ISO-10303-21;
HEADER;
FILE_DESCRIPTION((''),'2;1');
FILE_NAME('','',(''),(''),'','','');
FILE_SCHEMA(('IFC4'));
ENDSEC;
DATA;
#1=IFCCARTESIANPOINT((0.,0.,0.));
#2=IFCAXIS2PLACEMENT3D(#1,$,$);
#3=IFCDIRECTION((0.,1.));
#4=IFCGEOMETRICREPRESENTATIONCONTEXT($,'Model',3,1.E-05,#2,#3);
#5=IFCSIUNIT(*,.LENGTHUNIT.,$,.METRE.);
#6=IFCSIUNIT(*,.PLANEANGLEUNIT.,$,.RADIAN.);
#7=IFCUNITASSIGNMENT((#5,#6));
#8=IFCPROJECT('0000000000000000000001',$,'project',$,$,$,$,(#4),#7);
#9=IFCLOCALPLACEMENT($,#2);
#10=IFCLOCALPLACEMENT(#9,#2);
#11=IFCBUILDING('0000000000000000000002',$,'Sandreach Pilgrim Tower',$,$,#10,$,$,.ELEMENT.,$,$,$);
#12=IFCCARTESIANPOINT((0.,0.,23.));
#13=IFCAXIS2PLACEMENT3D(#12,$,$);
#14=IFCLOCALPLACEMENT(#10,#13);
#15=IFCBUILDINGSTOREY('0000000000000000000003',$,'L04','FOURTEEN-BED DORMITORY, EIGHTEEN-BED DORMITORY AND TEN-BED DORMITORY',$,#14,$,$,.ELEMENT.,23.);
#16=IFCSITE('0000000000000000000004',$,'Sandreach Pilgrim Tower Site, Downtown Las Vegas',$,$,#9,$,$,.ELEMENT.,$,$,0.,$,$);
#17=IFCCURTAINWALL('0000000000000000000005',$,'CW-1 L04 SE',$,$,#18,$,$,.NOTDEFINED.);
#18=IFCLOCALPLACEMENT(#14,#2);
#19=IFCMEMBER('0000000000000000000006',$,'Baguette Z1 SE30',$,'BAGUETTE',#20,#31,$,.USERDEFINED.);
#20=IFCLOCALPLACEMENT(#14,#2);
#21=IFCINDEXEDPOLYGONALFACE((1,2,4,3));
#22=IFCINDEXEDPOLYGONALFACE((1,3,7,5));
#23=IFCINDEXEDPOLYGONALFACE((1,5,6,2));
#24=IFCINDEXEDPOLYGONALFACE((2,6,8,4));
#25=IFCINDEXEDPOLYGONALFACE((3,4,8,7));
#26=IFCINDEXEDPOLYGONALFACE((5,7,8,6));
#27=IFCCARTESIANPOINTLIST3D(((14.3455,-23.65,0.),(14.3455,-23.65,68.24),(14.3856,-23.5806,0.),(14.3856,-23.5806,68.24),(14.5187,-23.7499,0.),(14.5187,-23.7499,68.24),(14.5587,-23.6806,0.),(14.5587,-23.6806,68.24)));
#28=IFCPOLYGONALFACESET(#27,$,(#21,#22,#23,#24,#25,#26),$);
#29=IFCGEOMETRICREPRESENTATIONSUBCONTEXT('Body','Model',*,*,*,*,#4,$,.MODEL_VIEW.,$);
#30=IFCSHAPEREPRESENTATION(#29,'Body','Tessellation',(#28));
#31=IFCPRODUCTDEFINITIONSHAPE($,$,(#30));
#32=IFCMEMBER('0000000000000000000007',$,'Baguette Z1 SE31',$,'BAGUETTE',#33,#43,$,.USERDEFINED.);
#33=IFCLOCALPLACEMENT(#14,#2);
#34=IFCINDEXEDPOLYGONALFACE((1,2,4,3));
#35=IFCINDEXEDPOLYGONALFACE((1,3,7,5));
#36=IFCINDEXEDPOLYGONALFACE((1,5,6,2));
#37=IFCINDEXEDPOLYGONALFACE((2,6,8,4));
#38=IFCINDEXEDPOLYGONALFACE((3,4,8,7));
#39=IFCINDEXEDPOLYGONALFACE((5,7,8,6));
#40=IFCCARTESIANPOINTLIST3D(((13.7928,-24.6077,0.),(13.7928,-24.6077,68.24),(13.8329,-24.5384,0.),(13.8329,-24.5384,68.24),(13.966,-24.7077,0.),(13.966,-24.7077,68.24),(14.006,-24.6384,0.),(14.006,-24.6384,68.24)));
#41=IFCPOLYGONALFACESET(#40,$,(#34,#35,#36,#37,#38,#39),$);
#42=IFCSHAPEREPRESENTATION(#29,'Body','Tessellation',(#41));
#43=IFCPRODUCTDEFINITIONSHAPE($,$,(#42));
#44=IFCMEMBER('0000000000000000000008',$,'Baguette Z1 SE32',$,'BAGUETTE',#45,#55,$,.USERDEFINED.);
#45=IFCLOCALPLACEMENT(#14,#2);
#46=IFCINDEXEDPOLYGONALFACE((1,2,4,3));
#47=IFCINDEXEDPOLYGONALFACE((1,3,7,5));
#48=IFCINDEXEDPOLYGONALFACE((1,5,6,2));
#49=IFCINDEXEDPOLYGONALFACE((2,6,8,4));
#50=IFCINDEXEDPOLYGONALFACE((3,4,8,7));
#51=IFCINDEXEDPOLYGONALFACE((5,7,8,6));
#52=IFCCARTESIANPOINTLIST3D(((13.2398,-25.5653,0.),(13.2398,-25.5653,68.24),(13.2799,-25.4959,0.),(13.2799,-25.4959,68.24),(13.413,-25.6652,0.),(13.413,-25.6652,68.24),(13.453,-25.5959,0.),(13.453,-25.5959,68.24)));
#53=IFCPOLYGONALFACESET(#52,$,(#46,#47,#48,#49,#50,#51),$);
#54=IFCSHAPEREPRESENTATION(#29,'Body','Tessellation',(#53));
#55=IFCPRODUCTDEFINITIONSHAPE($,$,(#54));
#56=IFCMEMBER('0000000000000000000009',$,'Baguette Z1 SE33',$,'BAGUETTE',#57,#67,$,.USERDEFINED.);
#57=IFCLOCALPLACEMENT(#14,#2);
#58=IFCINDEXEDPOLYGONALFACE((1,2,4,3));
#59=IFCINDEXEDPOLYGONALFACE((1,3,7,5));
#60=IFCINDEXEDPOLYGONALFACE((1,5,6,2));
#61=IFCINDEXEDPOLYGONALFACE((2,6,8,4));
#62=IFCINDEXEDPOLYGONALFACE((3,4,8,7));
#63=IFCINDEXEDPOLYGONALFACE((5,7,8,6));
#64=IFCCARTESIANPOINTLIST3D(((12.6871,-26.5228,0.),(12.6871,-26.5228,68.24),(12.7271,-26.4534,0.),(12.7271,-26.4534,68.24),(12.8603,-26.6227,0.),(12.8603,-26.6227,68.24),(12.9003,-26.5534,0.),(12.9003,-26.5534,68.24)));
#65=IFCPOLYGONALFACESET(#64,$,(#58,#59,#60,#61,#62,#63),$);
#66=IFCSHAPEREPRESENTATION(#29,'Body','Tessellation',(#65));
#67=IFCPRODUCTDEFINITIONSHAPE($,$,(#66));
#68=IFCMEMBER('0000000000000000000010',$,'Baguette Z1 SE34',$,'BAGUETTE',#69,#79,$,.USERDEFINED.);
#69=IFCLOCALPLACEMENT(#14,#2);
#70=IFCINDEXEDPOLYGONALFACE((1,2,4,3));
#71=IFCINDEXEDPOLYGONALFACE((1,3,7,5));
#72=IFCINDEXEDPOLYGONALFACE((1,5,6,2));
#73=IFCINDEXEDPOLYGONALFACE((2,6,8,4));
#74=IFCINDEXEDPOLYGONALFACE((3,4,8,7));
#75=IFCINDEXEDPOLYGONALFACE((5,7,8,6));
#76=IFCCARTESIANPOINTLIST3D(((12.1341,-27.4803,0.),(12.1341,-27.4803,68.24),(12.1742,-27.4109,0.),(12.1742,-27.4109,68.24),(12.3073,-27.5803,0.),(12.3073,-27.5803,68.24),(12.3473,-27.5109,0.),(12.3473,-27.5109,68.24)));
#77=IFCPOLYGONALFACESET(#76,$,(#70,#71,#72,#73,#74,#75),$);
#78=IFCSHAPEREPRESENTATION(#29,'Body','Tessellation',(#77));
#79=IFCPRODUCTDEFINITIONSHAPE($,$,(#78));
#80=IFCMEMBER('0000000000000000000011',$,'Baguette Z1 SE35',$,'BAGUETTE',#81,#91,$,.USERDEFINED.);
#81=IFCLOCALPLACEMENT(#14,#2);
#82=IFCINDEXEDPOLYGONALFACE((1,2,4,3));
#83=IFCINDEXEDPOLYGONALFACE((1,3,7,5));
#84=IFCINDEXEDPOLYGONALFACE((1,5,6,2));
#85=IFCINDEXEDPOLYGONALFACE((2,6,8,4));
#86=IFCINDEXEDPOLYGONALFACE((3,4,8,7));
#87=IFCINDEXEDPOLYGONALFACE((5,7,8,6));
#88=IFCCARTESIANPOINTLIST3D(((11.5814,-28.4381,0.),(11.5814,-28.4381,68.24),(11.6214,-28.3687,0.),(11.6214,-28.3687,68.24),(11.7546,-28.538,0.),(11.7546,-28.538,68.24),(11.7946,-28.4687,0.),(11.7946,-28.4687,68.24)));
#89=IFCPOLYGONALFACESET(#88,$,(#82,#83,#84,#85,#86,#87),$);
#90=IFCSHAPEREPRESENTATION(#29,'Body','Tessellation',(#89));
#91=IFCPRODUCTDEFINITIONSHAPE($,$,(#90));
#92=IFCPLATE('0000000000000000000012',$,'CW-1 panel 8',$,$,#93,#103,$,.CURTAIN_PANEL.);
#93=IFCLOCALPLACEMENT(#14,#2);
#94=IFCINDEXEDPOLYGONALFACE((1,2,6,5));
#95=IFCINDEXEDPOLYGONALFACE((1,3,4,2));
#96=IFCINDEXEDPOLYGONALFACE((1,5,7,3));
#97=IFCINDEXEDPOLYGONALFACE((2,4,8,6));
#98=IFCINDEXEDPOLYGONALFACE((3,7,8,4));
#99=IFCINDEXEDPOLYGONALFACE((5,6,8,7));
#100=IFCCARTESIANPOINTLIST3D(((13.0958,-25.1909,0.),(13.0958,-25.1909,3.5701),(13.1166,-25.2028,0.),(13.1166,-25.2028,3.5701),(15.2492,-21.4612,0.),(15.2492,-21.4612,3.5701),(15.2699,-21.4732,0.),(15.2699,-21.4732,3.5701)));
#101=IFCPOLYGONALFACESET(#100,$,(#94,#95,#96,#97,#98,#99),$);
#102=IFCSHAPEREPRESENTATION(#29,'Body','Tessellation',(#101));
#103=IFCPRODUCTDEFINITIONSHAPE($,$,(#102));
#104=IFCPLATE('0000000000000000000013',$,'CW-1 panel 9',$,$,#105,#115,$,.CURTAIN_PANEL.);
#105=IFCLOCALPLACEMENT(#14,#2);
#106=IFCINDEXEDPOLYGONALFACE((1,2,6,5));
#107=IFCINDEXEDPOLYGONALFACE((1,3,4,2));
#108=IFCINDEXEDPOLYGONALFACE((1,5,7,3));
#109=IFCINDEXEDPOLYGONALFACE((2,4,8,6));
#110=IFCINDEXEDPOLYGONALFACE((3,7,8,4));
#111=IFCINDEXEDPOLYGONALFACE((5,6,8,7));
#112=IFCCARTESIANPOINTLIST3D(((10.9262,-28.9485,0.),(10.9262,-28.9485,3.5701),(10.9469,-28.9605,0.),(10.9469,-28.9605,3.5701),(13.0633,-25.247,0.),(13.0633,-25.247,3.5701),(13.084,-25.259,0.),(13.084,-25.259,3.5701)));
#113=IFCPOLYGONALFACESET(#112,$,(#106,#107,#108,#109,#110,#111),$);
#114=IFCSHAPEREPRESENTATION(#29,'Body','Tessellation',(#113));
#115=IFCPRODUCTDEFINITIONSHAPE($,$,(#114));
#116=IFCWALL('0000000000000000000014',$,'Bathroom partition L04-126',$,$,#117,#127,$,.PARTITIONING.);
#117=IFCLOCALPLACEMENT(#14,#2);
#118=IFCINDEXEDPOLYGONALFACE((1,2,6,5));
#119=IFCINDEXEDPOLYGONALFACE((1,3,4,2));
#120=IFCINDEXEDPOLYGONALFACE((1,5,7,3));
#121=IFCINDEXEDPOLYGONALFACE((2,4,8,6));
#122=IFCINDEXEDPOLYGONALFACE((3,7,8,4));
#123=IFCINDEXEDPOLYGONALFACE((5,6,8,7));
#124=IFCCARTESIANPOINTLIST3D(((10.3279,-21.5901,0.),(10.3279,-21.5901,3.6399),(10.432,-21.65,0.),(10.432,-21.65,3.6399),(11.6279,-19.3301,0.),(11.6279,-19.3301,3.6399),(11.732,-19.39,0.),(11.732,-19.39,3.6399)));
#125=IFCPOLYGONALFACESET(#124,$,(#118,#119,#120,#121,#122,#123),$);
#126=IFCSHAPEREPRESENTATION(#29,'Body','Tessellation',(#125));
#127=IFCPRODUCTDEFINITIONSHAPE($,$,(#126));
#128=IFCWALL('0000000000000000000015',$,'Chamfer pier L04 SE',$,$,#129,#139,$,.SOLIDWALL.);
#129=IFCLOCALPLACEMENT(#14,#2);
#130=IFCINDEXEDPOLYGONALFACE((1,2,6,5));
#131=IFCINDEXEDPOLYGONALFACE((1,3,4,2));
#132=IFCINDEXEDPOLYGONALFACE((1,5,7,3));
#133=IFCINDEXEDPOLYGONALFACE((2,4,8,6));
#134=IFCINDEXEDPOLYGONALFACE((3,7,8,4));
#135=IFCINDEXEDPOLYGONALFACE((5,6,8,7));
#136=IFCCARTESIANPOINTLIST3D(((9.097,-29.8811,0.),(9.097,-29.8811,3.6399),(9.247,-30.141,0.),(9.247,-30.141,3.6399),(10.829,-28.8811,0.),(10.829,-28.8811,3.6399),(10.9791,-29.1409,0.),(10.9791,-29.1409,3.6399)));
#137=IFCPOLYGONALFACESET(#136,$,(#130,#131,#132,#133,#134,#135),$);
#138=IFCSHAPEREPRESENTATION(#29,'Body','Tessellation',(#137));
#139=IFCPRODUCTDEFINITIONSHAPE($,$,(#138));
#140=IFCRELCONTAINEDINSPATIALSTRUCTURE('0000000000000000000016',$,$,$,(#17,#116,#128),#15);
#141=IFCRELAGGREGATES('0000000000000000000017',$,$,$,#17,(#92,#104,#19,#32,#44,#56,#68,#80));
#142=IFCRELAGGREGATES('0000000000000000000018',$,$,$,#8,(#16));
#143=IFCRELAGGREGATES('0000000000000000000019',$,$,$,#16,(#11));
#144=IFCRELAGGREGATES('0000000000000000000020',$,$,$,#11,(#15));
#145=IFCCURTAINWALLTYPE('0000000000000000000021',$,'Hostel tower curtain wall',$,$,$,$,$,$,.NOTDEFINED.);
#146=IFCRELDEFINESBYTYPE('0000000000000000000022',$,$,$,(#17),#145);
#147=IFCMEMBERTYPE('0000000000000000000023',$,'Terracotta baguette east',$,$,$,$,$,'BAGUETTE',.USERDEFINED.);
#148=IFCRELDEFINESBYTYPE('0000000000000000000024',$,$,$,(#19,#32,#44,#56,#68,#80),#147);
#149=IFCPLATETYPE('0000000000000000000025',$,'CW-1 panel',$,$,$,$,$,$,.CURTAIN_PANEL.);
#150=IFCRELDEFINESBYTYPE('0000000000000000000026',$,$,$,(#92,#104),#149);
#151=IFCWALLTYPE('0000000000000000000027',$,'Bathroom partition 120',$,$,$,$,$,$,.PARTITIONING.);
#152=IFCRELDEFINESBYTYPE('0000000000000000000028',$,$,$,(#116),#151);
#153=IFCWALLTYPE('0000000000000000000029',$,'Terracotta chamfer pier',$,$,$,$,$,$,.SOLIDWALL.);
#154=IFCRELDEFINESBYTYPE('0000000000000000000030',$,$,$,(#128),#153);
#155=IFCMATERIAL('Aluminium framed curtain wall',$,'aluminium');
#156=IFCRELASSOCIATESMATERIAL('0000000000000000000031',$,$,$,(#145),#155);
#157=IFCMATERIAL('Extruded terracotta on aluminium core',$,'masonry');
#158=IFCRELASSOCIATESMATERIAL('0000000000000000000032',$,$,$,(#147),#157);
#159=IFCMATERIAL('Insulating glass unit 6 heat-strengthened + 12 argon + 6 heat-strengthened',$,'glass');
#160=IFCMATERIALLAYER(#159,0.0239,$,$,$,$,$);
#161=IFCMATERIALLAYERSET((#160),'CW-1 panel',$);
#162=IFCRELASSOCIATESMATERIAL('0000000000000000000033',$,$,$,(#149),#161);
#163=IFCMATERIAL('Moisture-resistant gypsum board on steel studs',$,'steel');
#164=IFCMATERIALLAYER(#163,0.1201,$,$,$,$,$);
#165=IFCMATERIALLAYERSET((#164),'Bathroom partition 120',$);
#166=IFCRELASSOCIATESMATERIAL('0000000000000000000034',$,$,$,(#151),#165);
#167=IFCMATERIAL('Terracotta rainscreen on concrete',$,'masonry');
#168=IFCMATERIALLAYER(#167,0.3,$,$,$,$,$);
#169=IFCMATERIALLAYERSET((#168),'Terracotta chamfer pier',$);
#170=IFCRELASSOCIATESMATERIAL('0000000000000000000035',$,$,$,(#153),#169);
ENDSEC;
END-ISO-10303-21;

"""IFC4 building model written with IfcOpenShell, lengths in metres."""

from ifc_helpers import new_model, si_unit, direction, frame, frame_2d, origin, origin_2d, place, context, subcontext, project, spatial, rectangle, extrude, material, layer, layer_set, material_profile, profile_set, type_object, element, aggregate, save


model = new_model("IFC4")

# Units and contexts
model_context = context("Model", 3, precision=1e-05, world=origin(), true_north=direction((0.0, 1.0)))
body_context = subcontext(model_context, "Body", "Model", "MODEL_VIEW")
ifc_project = project(units=[si_unit("LENGTHUNIT", "METRE"), si_unit("PLANEANGLEUNIT", "RADIAN")], contexts=[model_context])

# Site, building, storey
site_placement = place(None, origin())
site = spatial("IfcSite", under=ifc_project, at=site_placement, Name="Sandreach Pilgrim Tower Site, Downtown Las Vegas", CompositionType="ELEMENT", RefElevation=0.0)
building_placement = place(site_placement, origin())
building = spatial("IfcBuilding", under=site, at=building_placement, Name="Sandreach Pilgrim Tower", CompositionType="ELEMENT")
storey_placement = place(building_placement, frame((0.0, 0.0, 23.0)))
storey = spatial("IfcBuildingStorey", under=building, at=storey_placement, Name="L04", Description="FOURTEEN-BED DORMITORY, EIGHTEEN-BED DORMITORY AND TEN-BED DORMITORY", CompositionType="ELEMENT", Elevation=23.0)

# Curtain wall
ifc_material_1 = material(Name="Aluminium framed curtain wall", Category="aluminium")
curtain_wall_type = type_object("IfcCurtainWallType", Name="Hostel tower curtain wall", PredefinedType="NOTDEFINED", material=ifc_material_1)
curtain_wall_placement = place(storey_placement, origin())
curtain_wall = element("IfcCurtainWall", 1, at=curtain_wall_placement, inside=storey, type_object=curtain_wall_type, Name="CW-1 L04 SE", PredefinedType="NOTDEFINED")

# Members
ifc_material_2 = material(Name="Extruded terracotta on aluminium core", Category="masonry")
ifc_material_profile_1 = material_profile(ifc_material_2, rectangle(XDim=0.0801, YDim=0.2, at=origin_2d()), Name="TBE 80X200")
ifc_profile_set_1 = profile_set([ifc_material_profile_1], Name="Extruded terracotta on aluminium core")
member_type_1 = type_object("IfcMemberType", Name="Terracotta baguette east", ElementType="BAGUETTE", PredefinedType="USERDEFINED", material=ifc_profile_set_1)
member_1_placement = place(storey_placement, frame((14.4521, -23.6653, 0.0), z_axis=(0.0, 0.0, 1.0), x_axis=(-0.5, -0.866025, 0.0)))
member_1 = element("IfcMember", 2, at=member_1_placement, type_object=member_type_1, Name="Baguette Z1 SE30", ObjectType="BAGUETTE", PredefinedType="USERDEFINED", context=body_context, shape_type="SweptSolid", body=[
    extrude(rectangle(XDim=0.0801, YDim=0.2, at=origin_2d()), origin(), (0.0, 0.0, 1.0), 68.24),
])
member_2_placement = place(storey_placement, frame((13.8994, -24.623, 0.0), z_axis=(0.0, 0.0, 1.0), x_axis=(-0.5, -0.866025, 0.0)))
member_2 = element("IfcMember", 3, at=member_2_placement, type_object=member_type_1, Name="Baguette Z1 SE31", ObjectType="BAGUETTE", PredefinedType="USERDEFINED", context=body_context, shape_type="SweptSolid", body=[
    extrude(rectangle(XDim=0.0801, YDim=0.2, at=origin_2d()), origin(), (0.0, 0.0, 1.0), 68.24),
])
member_3_placement = place(storey_placement, frame((13.3464, -25.5806, 0.0), z_axis=(0.0, 0.0, 1.0), x_axis=(-0.5, -0.866025, 0.0)))
member_3 = element("IfcMember", 4, at=member_3_placement, type_object=member_type_1, Name="Baguette Z1 SE32", ObjectType="BAGUETTE", PredefinedType="USERDEFINED", context=body_context, shape_type="SweptSolid", body=[
    extrude(rectangle(XDim=0.0801, YDim=0.2, at=origin_2d()), origin(), (0.0, 0.0, 1.0), 68.24),
])
member_4_placement = place(storey_placement, frame((12.7937, -26.5381, 0.0), z_axis=(0.0, 0.0, 1.0), x_axis=(-0.5, -0.866025, 0.0)))
member_4 = element("IfcMember", 5, at=member_4_placement, type_object=member_type_1, Name="Baguette Z1 SE33", ObjectType="BAGUETTE", PredefinedType="USERDEFINED", context=body_context, shape_type="SweptSolid", body=[
    extrude(rectangle(XDim=0.0801, YDim=0.2, at=origin_2d()), origin(), (0.0, 0.0, 1.0), 68.24),
])
member_5_placement = place(storey_placement, frame((12.2407, -27.4956, 0.0), z_axis=(0.0, 0.0, 1.0), x_axis=(-0.5, -0.866025, 0.0)))
member_5 = element("IfcMember", 6, at=member_5_placement, type_object=member_type_1, Name="Baguette Z1 SE34", ObjectType="BAGUETTE", PredefinedType="USERDEFINED", context=body_context, shape_type="SweptSolid", body=[
    extrude(rectangle(XDim=0.0801, YDim=0.2, at=origin_2d()), origin(), (0.0, 0.0, 1.0), 68.24),
])
member_6_placement = place(storey_placement, frame((11.688, -28.4534, 0.0), z_axis=(0.0, 0.0, 1.0), x_axis=(-0.5, -0.866025, 0.0)))
member_6 = element("IfcMember", 7, at=member_6_placement, type_object=member_type_1, Name="Baguette Z1 SE35", ObjectType="BAGUETTE", PredefinedType="USERDEFINED", context=body_context, shape_type="SweptSolid", body=[
    extrude(rectangle(XDim=0.0801, YDim=0.2, at=origin_2d()), origin(), (0.0, 0.0, 1.0), 68.24),
])

# Plates
ifc_material_3 = material(Name="Insulating glass unit 6 heat-strengthened + 12 argon + 6 heat-strengthened", Category="glass")
ifc_layer_1 = layer(ifc_material_3, 0.0239)
ifc_layer_set_1 = layer_set([ifc_layer_1], Name="CW-1 panel")
plate_type = type_object("IfcPlateType", Name="CW-1 panel", PredefinedType="CURTAIN_PANEL", material=ifc_layer_set_1)
plate_1_placement = place(storey_placement, frame((14.1829, -23.332, 0.0), z_axis=(0.0, 0.0, 1.0), x_axis=(-0.5, -0.866025, 0.0)))
plate_1 = element("IfcPlate", 8, at=plate_1_placement, type_object=plate_type, Name="CW-1 panel 8", PredefinedType="CURTAIN_PANEL", context=body_context, shape_type="SweptSolid", body=[
    extrude(rectangle(XDim=4.3066, YDim=0.0239, at=origin_2d()), origin(), (0.0, 0.0, 1.0), 3.5701),
])
plate_2_placement = place(storey_placement, frame((12.0051, -27.1038, 0.0), z_axis=(0.0, 0.0, 1.0), x_axis=(-0.5, -0.866025, 0.0)))
plate_2 = element("IfcPlate", 9, at=plate_2_placement, type_object=plate_type, Name="CW-1 panel 9", PredefinedType="CURTAIN_PANEL", context=body_context, shape_type="SweptSolid", body=[
    extrude(rectangle(XDim=4.2742, YDim=0.0239, at=origin_2d()), origin(), (0.0, 0.0, 1.0), 3.5701),
])
aggregate(curtain_wall, [plate_1, plate_2, member_1, member_2, member_3, member_4, member_5, member_6])

# Walls
ifc_material_4 = material(Name="Moisture-resistant gypsum board on steel studs", Category="steel")
ifc_layer_2 = layer(ifc_material_4, 0.1201)
ifc_layer_set_2 = layer_set([ifc_layer_2], Name="Bathroom partition 120")
wall_type_1 = type_object("IfcWallType", Name="Bathroom partition 120", PredefinedType="PARTITIONING", material=ifc_layer_set_2)
wall_1_placement = place(storey_placement, frame((10.3799, -21.6201, 0.0), z_axis=(0.0, 0.0, 1.0), x_axis=(0.498628, 0.866816, 0.0)))
element("IfcWall", 10, at=wall_1_placement, inside=storey, type_object=wall_type_1, Name="Bathroom partition L04-126", PredefinedType="PARTITIONING", context=body_context, shape_type="SweptSolid", body=[
    extrude(rectangle(XDim=2.6072, YDim=0.1201, at=frame_2d((1.3037, 0.0))), origin(), (0.0, 0.0, 1.0), 3.6399),
])
ifc_material_5 = material(Name="Terracotta rainscreen on concrete", Category="masonry")
ifc_layer_3 = layer(ifc_material_5, 0.3)
ifc_layer_set_3 = layer_set([ifc_layer_3], Name="Terracotta chamfer pier")
wall_type_2 = type_object("IfcWallType", Name="Terracotta chamfer pier", PredefinedType="SOLIDWALL", material=ifc_layer_set_3)
wall_2_placement = place(storey_placement, frame((10.9041, -29.011, 0.0), z_axis=(0.0, 0.0, 1.0), x_axis=(-0.866011, -0.500025, 0.0)))
element("IfcWall", 11, at=wall_2_placement, inside=storey, type_object=wall_type_2, Name="Chamfer pier L04 SE", PredefinedType="SOLIDWALL", context=body_context, shape_type="SweptSolid", body=[
    extrude(rectangle(XDim=2.0, YDim=0.3, at=frame_2d((1.0, 0.0))), origin(), (0.0, 0.0, 1.0), 3.6399),
])

save(model, "model.ifc")
